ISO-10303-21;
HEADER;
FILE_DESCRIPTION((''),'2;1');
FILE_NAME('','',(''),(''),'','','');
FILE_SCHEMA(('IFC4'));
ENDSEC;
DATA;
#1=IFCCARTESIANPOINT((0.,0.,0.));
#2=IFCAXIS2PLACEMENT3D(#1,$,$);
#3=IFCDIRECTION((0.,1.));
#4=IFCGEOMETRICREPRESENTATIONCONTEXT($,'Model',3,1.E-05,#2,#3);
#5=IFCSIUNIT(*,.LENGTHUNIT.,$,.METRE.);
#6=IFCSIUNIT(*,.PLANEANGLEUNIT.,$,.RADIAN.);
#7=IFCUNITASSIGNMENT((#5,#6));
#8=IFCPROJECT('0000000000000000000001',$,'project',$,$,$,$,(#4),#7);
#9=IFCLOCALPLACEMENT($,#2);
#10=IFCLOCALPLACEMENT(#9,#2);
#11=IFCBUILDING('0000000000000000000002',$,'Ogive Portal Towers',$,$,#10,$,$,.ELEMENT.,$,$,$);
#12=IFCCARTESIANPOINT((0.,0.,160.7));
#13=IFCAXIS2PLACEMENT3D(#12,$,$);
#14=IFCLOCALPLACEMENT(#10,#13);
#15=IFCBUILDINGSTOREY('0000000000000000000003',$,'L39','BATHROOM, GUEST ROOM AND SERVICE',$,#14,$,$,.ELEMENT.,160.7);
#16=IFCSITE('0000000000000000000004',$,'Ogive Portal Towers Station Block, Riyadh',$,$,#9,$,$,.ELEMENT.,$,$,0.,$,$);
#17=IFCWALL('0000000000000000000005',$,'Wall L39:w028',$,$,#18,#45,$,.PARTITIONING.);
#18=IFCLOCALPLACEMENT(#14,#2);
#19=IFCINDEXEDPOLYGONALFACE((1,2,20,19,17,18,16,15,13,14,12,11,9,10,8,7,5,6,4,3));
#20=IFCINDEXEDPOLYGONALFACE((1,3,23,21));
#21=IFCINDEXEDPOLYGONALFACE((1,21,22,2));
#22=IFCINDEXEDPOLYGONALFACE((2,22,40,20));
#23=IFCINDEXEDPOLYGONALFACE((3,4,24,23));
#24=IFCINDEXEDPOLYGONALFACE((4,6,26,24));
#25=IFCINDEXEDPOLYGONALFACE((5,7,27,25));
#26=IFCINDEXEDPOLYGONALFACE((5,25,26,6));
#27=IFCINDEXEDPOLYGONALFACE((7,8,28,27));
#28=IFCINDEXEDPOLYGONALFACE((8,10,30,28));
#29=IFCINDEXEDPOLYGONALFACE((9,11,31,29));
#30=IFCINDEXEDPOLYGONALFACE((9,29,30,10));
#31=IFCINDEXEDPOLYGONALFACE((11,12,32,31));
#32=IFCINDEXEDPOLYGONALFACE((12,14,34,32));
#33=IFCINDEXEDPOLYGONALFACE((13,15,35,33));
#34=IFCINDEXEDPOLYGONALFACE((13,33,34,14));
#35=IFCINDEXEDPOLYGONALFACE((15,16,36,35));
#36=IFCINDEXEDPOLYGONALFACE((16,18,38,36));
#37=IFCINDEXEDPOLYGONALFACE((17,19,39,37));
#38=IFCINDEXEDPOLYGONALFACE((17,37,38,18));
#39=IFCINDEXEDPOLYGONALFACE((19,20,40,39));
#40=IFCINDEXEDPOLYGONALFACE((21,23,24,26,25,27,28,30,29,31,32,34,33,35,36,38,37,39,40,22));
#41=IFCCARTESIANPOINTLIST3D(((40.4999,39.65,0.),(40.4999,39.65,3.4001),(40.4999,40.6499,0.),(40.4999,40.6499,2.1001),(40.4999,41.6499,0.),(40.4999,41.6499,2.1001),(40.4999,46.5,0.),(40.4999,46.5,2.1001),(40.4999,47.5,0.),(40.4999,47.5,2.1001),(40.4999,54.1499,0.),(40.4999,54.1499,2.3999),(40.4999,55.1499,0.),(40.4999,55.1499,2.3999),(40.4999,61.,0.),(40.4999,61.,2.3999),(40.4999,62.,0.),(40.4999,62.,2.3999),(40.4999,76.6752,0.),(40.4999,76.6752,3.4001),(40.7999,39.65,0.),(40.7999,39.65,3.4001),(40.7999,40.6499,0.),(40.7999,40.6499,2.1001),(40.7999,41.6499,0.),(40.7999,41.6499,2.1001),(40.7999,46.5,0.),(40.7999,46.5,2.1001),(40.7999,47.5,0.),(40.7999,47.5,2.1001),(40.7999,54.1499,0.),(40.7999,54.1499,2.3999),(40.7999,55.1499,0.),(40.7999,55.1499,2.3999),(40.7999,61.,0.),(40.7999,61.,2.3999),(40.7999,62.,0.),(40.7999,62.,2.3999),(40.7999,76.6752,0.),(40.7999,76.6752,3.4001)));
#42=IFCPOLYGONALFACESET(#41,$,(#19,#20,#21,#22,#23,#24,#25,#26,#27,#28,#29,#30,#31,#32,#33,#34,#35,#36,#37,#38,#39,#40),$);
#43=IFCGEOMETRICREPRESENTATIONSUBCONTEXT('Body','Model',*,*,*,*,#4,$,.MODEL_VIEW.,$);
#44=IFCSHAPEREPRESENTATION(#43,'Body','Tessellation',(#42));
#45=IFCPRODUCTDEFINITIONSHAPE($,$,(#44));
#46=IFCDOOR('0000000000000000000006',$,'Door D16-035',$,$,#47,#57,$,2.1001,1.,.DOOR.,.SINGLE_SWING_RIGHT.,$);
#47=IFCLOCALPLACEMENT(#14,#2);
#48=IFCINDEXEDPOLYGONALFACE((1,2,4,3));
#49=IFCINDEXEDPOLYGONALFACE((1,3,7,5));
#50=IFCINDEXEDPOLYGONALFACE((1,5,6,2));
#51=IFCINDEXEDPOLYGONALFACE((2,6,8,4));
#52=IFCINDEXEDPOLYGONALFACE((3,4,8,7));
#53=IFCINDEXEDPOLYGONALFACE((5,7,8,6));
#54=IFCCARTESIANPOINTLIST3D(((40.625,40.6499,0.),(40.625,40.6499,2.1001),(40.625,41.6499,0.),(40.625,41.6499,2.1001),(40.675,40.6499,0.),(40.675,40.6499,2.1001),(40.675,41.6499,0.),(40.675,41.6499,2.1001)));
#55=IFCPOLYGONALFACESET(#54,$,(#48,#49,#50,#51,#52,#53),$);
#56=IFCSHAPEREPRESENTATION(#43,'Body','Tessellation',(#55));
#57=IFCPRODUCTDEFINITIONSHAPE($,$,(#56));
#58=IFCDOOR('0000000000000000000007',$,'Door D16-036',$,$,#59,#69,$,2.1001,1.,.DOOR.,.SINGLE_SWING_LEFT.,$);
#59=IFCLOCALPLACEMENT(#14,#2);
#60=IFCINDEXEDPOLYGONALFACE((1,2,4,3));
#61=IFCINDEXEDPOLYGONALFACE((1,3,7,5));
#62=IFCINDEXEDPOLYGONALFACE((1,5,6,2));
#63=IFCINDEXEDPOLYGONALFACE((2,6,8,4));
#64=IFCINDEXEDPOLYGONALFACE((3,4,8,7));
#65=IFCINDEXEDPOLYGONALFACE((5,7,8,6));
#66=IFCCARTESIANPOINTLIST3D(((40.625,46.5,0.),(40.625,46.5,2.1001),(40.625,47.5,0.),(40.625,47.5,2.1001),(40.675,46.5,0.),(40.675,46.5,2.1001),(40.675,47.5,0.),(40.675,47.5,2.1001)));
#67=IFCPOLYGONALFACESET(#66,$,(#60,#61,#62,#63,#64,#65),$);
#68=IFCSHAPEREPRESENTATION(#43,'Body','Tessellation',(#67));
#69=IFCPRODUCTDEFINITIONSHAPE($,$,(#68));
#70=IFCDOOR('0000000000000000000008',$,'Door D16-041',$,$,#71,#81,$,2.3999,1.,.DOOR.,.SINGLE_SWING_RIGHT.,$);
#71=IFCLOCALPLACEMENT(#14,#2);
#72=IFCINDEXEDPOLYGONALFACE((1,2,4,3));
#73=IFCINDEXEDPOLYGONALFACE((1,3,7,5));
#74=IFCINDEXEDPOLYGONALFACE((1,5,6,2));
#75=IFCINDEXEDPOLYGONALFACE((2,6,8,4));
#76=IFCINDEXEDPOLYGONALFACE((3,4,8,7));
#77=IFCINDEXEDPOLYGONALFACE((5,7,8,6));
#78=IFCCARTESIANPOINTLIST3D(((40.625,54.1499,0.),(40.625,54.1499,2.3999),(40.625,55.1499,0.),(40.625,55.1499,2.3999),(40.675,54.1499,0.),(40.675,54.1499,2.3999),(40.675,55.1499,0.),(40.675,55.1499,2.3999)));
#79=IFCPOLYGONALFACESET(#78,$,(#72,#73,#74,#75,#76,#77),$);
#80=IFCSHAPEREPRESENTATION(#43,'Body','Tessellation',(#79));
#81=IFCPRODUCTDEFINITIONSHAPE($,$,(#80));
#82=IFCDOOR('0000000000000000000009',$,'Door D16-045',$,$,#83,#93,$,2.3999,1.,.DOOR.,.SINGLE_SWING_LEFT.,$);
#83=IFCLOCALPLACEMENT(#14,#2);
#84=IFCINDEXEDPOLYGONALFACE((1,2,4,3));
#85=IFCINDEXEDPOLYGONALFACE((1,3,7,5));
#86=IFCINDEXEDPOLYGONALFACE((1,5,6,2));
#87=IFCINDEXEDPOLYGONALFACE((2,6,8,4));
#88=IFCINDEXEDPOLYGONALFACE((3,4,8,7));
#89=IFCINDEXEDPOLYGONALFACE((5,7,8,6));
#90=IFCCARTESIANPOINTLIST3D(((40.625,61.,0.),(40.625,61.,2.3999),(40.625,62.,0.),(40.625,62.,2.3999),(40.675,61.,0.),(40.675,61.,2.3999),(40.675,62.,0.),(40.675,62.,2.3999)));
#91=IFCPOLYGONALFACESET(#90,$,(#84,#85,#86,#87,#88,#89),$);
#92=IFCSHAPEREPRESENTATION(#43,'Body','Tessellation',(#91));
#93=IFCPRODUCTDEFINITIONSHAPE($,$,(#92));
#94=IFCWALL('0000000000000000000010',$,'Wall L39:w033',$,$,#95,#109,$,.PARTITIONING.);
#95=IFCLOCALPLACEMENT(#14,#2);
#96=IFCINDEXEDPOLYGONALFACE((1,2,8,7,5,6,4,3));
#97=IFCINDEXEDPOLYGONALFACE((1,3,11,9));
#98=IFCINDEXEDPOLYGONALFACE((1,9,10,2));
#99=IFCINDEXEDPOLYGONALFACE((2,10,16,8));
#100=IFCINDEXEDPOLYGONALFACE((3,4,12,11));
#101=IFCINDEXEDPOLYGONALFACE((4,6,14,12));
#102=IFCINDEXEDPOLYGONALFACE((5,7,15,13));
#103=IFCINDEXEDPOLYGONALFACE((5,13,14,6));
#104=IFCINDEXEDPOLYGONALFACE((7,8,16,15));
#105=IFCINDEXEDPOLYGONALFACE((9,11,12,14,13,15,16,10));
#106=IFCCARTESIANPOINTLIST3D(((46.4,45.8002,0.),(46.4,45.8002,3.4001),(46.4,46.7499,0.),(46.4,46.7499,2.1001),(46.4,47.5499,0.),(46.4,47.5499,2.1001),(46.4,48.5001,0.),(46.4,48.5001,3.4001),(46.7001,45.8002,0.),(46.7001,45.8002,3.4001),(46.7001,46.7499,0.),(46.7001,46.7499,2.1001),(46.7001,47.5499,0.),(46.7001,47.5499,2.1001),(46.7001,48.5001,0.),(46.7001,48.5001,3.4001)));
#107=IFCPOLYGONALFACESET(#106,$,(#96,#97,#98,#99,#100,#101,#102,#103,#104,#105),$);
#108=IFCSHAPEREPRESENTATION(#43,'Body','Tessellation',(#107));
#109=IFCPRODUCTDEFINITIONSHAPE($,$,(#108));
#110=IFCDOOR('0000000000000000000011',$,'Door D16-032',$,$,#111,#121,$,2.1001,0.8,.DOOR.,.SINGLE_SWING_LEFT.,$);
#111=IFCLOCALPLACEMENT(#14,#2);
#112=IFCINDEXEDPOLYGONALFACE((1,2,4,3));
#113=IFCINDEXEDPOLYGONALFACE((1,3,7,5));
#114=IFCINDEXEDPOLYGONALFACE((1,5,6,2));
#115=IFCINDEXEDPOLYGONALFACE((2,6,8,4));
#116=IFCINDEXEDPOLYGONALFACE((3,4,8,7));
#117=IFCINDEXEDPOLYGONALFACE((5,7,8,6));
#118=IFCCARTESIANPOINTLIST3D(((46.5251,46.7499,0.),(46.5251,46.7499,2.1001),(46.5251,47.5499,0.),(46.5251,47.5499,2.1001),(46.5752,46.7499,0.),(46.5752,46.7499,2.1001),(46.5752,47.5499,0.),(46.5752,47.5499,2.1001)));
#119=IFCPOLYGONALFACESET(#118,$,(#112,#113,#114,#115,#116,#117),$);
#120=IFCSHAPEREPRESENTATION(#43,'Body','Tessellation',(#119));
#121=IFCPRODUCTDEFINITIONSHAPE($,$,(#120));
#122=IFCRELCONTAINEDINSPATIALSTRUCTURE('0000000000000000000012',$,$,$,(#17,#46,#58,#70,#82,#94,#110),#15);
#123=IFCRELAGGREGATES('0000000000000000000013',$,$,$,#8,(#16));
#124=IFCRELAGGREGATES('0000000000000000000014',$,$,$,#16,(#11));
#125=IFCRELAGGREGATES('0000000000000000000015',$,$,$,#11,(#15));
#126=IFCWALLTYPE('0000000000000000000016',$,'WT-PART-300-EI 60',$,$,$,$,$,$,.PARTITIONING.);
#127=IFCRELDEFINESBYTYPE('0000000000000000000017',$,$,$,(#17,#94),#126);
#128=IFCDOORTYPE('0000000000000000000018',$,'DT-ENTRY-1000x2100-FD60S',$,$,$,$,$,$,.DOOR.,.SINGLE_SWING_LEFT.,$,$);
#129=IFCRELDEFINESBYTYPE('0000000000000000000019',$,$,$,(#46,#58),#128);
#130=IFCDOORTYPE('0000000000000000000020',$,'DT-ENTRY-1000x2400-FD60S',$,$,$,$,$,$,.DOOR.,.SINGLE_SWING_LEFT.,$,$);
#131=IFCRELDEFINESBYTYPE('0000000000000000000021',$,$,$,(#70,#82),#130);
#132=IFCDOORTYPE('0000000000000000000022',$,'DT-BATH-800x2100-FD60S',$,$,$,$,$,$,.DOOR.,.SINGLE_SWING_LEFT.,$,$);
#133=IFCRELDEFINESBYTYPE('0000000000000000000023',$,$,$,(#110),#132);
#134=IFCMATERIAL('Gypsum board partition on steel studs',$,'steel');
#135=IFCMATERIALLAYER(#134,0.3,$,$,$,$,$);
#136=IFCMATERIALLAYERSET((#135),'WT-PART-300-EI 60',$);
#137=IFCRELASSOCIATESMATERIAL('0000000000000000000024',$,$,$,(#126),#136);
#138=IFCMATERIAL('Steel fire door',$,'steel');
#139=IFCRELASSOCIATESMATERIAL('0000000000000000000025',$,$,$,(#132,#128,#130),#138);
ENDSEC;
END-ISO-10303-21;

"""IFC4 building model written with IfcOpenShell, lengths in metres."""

from ifc_helpers import new_model, si_unit, direction, frame, frame_2d, origin, place, context, subcontext, project, spatial, rectangle, extrude, material, layer, layer_set, type_object, element, fill, save


model = new_model("IFC4")

# Units and contexts
model_context = context("Model", 3, precision=1e-05, world=origin(), true_north=direction((0.0, 1.0)))
body_context = subcontext(model_context, "Body", "Model", "MODEL_VIEW")
ifc_project = project(units=[si_unit("LENGTHUNIT", "METRE"), si_unit("PLANEANGLEUNIT", "RADIAN")], contexts=[model_context])

# Site, building, storey
site_placement = place(None, origin())
site = spatial("IfcSite", under=ifc_project, at=site_placement, Name="Ogive Portal Towers Station Block, Riyadh", CompositionType="ELEMENT", RefElevation=0.0)
building_placement = place(site_placement, origin())
building = spatial("IfcBuilding", under=site, at=building_placement, Name="Ogive Portal Towers", CompositionType="ELEMENT")
storey_placement = place(building_placement, frame((0.0, 0.0, 160.7)))
storey = spatial("IfcBuildingStorey", under=building, at=storey_placement, Name="L39", Description="BATHROOM, GUEST ROOM AND SERVICE", CompositionType="ELEMENT", Elevation=160.7)

# Shared definitions
ifc_material_1 = material(Name="Gypsum board partition on steel studs", Category="steel")
ifc_layer_1 = layer(ifc_material_1, 0.3)
ifc_layer_set_1 = layer_set([ifc_layer_1], Name="WT-PART-300-EI 60")
wall_type_1 = type_object("IfcWallType", Name="WT-PART-300-EI 60", PredefinedType="PARTITIONING", material=ifc_layer_set_1)

# Shared definitions
ifc_material_2 = material(Name="Steel fire door", Category="steel")
door_type_1 = type_object("IfcDoorType", Name="DT-BATH-800x2100-FD60S", OperationType="SINGLE_SWING_LEFT", PredefinedType="DOOR", material=ifc_material_2)

# Wall, openings, doors
wall_1_placement = place(storey_placement, frame((40.6499, 39.6499, 0.0), z_axis=(0.0, 0.0, 1.0), x_axis=(0.0, 1.0, 0.0)))
wall_1 = element("IfcWall", 1, at=wall_1_placement, inside=storey, type_object=wall_type_1, Name="Wall L39:w028", PredefinedType="PARTITIONING", context=body_context, shape_type="SweptSolid", body=[
    extrude(rectangle(XDim=37.0251, YDim=0.3, at=frame_2d((18.5127, 0.0))), origin(), (0.0, 0.0, 1.0), 3.4001),
])
opening_1_placement = place(wall_1_placement, frame((1.0, 0.0, 0.0)))
opening_1 = element("IfcOpeningElement", 2, at=opening_1_placement, cuts=wall_1, PredefinedType="OPENING", context=body_context, shape_type="SweptSolid", body=[
    extrude(rectangle(XDim=1.0, YDim=2.1001, at=frame_2d((0.5, 1.05))), frame((0.0, 0.1602, 0.0), z_axis=(0.0, -1.0, 0.0), x_axis=(1.0, 0.0, 0.0)), (0.0, 0.0, 1.0), 0.3201),
])
opening_2_placement = place(wall_1_placement, frame((6.8501, 0.0, 0.0)))
opening_2 = element("IfcOpeningElement", 3, at=opening_2_placement, cuts=wall_1, PredefinedType="OPENING", context=body_context, shape_type="SweptSolid", body=[
    extrude(rectangle(XDim=1.0, YDim=2.1001, at=frame_2d((0.5, 1.05))), frame((0.0, 0.1602, 0.0), z_axis=(0.0, -1.0, 0.0), x_axis=(1.0, 0.0, 0.0)), (0.0, 0.0, 1.0), 0.3201),
])
opening_3_placement = place(wall_1_placement, frame((14.5, 0.0, 0.0)))
opening_3 = element("IfcOpeningElement", 4, at=opening_3_placement, cuts=wall_1, PredefinedType="OPENING", context=body_context, shape_type="SweptSolid", body=[
    extrude(rectangle(XDim=1.0, YDim=2.3999, at=frame_2d((0.5, 1.2))), frame((0.0, 0.1602, 0.0), z_axis=(0.0, -1.0, 0.0), x_axis=(1.0, 0.0, 0.0)), (0.0, 0.0, 1.0), 0.3201),
])
opening_4_placement = place(wall_1_placement, frame((21.3501, 0.0, 0.0)))
opening_4 = element("IfcOpeningElement", 5, at=opening_4_placement, cuts=wall_1, PredefinedType="OPENING", context=body_context, shape_type="SweptSolid", body=[
    extrude(rectangle(XDim=1.0, YDim=2.3999, at=frame_2d((0.5, 1.2))), frame((0.0, 0.1602, 0.0), z_axis=(0.0, -1.0, 0.0), x_axis=(1.0, 0.0, 0.0)), (0.0, 0.0, 1.0), 0.3201),
])
door_type_2 = type_object("IfcDoorType", Name="DT-ENTRY-1000x2100-FD60S", OperationType="SINGLE_SWING_LEFT", PredefinedType="DOOR", material=ifc_material_2)
door_1_placement = place(opening_1_placement, origin())
door_1 = element("IfcDoor", 6, at=door_1_placement, inside=storey, type_object=door_type_2, Name="Door D16-035", OperationType="SINGLE_SWING_RIGHT", OverallHeight=2.1001, OverallWidth=1.0, PredefinedType="DOOR", context=body_context, shape_type="SweptSolid", body=[
    extrude(rectangle(XDim=1.0, YDim=2.1001, at=frame_2d((0.5, 1.05))), frame((0.0, 0.0249, 0.0), z_axis=(0.0, -1.0, 0.0), x_axis=(1.0, 0.0, 0.0)), (0.0, 0.0, 1.0), 0.05),
])
fill(opening_1, door_1)
door_2_placement = place(opening_2_placement, origin())
door_2 = element("IfcDoor", 7, at=door_2_placement, inside=storey, type_object=door_type_2, Name="Door D16-036", OperationType="SINGLE_SWING_LEFT", OverallHeight=2.1001, OverallWidth=1.0, PredefinedType="DOOR", context=body_context, shape_type="SweptSolid", body=[
    extrude(rectangle(XDim=1.0, YDim=2.1001, at=frame_2d((0.5, 1.05))), frame((0.0, 0.0249, 0.0), z_axis=(0.0, -1.0, 0.0), x_axis=(1.0, 0.0, 0.0)), (0.0, 0.0, 1.0), 0.05),
])
fill(opening_2, door_2)
door_type_3 = type_object("IfcDoorType", Name="DT-ENTRY-1000x2400-FD60S", OperationType="SINGLE_SWING_LEFT", PredefinedType="DOOR", material=ifc_material_2)
door_3_placement = place(opening_3_placement, origin())
door_3 = element("IfcDoor", 8, at=door_3_placement, inside=storey, type_object=door_type_3, Name="Door D16-041", OperationType="SINGLE_SWING_RIGHT", OverallHeight=2.3999, OverallWidth=1.0, PredefinedType="DOOR", context=body_context, shape_type="SweptSolid", body=[
    extrude(rectangle(XDim=1.0, YDim=2.3999, at=frame_2d((0.5, 1.2))), frame((0.0, 0.0249, 0.0), z_axis=(0.0, -1.0, 0.0), x_axis=(1.0, 0.0, 0.0)), (0.0, 0.0, 1.0), 0.05),
])
fill(opening_3, door_3)
door_4_placement = place(opening_4_placement, origin())
door_4 = element("IfcDoor", 9, at=door_4_placement, inside=storey, type_object=door_type_3, Name="Door D16-045", OperationType="SINGLE_SWING_LEFT", OverallHeight=2.3999, OverallWidth=1.0, PredefinedType="DOOR", context=body_context, shape_type="SweptSolid", body=[
    extrude(rectangle(XDim=1.0, YDim=2.3999, at=frame_2d((0.5, 1.2))), frame((0.0, 0.0249, 0.0), z_axis=(0.0, -1.0, 0.0), x_axis=(1.0, 0.0, 0.0)), (0.0, 0.0, 1.0), 0.05),
])
fill(opening_4, door_4)

# Wall, opening, door
wall_2_placement = place(storey_placement, frame((46.55, 45.8, 0.0), z_axis=(0.0, 0.0, 1.0), x_axis=(0.0, 1.0, 0.0)))
wall_2 = element("IfcWall", 10, at=wall_2_placement, inside=storey, type_object=wall_type_1, Name="Wall L39:w033", PredefinedType="PARTITIONING", context=body_context, shape_type="SweptSolid", body=[
    extrude(rectangle(XDim=2.7, YDim=0.3, at=frame_2d((1.3501, 0.0))), origin(), (0.0, 0.0, 1.0), 3.4001),
])
opening_5_placement = place(wall_2_placement, frame((0.95, 0.0, 0.0)))
opening_5 = element("IfcOpeningElement", 11, at=opening_5_placement, cuts=wall_2, PredefinedType="OPENING", context=body_context, shape_type="SweptSolid", body=[
    extrude(rectangle(XDim=0.8, YDim=2.1001, at=frame_2d((0.3999, 1.05))), frame((0.0, 0.1602, 0.0), z_axis=(0.0, -1.0, 0.0), x_axis=(1.0, 0.0, 0.0)), (0.0, 0.0, 1.0), 0.3201),
])
door_5_placement = place(opening_5_placement, origin())
door_5 = element("IfcDoor", 12, at=door_5_placement, inside=storey, type_object=door_type_1, Name="Door D16-032", OperationType="SINGLE_SWING_LEFT", OverallHeight=2.1001, OverallWidth=0.8, PredefinedType="DOOR", context=body_context, shape_type="SweptSolid", body=[
    extrude(rectangle(XDim=0.8, YDim=2.1001, at=frame_2d((0.3999, 1.05))), frame((0.0, 0.0249, 0.0), z_axis=(0.0, -1.0, 0.0), x_axis=(1.0, 0.0, 0.0)), (0.0, 0.0, 1.0), 0.05),
])
fill(opening_5, door_5)

save(model, "model.ifc")
